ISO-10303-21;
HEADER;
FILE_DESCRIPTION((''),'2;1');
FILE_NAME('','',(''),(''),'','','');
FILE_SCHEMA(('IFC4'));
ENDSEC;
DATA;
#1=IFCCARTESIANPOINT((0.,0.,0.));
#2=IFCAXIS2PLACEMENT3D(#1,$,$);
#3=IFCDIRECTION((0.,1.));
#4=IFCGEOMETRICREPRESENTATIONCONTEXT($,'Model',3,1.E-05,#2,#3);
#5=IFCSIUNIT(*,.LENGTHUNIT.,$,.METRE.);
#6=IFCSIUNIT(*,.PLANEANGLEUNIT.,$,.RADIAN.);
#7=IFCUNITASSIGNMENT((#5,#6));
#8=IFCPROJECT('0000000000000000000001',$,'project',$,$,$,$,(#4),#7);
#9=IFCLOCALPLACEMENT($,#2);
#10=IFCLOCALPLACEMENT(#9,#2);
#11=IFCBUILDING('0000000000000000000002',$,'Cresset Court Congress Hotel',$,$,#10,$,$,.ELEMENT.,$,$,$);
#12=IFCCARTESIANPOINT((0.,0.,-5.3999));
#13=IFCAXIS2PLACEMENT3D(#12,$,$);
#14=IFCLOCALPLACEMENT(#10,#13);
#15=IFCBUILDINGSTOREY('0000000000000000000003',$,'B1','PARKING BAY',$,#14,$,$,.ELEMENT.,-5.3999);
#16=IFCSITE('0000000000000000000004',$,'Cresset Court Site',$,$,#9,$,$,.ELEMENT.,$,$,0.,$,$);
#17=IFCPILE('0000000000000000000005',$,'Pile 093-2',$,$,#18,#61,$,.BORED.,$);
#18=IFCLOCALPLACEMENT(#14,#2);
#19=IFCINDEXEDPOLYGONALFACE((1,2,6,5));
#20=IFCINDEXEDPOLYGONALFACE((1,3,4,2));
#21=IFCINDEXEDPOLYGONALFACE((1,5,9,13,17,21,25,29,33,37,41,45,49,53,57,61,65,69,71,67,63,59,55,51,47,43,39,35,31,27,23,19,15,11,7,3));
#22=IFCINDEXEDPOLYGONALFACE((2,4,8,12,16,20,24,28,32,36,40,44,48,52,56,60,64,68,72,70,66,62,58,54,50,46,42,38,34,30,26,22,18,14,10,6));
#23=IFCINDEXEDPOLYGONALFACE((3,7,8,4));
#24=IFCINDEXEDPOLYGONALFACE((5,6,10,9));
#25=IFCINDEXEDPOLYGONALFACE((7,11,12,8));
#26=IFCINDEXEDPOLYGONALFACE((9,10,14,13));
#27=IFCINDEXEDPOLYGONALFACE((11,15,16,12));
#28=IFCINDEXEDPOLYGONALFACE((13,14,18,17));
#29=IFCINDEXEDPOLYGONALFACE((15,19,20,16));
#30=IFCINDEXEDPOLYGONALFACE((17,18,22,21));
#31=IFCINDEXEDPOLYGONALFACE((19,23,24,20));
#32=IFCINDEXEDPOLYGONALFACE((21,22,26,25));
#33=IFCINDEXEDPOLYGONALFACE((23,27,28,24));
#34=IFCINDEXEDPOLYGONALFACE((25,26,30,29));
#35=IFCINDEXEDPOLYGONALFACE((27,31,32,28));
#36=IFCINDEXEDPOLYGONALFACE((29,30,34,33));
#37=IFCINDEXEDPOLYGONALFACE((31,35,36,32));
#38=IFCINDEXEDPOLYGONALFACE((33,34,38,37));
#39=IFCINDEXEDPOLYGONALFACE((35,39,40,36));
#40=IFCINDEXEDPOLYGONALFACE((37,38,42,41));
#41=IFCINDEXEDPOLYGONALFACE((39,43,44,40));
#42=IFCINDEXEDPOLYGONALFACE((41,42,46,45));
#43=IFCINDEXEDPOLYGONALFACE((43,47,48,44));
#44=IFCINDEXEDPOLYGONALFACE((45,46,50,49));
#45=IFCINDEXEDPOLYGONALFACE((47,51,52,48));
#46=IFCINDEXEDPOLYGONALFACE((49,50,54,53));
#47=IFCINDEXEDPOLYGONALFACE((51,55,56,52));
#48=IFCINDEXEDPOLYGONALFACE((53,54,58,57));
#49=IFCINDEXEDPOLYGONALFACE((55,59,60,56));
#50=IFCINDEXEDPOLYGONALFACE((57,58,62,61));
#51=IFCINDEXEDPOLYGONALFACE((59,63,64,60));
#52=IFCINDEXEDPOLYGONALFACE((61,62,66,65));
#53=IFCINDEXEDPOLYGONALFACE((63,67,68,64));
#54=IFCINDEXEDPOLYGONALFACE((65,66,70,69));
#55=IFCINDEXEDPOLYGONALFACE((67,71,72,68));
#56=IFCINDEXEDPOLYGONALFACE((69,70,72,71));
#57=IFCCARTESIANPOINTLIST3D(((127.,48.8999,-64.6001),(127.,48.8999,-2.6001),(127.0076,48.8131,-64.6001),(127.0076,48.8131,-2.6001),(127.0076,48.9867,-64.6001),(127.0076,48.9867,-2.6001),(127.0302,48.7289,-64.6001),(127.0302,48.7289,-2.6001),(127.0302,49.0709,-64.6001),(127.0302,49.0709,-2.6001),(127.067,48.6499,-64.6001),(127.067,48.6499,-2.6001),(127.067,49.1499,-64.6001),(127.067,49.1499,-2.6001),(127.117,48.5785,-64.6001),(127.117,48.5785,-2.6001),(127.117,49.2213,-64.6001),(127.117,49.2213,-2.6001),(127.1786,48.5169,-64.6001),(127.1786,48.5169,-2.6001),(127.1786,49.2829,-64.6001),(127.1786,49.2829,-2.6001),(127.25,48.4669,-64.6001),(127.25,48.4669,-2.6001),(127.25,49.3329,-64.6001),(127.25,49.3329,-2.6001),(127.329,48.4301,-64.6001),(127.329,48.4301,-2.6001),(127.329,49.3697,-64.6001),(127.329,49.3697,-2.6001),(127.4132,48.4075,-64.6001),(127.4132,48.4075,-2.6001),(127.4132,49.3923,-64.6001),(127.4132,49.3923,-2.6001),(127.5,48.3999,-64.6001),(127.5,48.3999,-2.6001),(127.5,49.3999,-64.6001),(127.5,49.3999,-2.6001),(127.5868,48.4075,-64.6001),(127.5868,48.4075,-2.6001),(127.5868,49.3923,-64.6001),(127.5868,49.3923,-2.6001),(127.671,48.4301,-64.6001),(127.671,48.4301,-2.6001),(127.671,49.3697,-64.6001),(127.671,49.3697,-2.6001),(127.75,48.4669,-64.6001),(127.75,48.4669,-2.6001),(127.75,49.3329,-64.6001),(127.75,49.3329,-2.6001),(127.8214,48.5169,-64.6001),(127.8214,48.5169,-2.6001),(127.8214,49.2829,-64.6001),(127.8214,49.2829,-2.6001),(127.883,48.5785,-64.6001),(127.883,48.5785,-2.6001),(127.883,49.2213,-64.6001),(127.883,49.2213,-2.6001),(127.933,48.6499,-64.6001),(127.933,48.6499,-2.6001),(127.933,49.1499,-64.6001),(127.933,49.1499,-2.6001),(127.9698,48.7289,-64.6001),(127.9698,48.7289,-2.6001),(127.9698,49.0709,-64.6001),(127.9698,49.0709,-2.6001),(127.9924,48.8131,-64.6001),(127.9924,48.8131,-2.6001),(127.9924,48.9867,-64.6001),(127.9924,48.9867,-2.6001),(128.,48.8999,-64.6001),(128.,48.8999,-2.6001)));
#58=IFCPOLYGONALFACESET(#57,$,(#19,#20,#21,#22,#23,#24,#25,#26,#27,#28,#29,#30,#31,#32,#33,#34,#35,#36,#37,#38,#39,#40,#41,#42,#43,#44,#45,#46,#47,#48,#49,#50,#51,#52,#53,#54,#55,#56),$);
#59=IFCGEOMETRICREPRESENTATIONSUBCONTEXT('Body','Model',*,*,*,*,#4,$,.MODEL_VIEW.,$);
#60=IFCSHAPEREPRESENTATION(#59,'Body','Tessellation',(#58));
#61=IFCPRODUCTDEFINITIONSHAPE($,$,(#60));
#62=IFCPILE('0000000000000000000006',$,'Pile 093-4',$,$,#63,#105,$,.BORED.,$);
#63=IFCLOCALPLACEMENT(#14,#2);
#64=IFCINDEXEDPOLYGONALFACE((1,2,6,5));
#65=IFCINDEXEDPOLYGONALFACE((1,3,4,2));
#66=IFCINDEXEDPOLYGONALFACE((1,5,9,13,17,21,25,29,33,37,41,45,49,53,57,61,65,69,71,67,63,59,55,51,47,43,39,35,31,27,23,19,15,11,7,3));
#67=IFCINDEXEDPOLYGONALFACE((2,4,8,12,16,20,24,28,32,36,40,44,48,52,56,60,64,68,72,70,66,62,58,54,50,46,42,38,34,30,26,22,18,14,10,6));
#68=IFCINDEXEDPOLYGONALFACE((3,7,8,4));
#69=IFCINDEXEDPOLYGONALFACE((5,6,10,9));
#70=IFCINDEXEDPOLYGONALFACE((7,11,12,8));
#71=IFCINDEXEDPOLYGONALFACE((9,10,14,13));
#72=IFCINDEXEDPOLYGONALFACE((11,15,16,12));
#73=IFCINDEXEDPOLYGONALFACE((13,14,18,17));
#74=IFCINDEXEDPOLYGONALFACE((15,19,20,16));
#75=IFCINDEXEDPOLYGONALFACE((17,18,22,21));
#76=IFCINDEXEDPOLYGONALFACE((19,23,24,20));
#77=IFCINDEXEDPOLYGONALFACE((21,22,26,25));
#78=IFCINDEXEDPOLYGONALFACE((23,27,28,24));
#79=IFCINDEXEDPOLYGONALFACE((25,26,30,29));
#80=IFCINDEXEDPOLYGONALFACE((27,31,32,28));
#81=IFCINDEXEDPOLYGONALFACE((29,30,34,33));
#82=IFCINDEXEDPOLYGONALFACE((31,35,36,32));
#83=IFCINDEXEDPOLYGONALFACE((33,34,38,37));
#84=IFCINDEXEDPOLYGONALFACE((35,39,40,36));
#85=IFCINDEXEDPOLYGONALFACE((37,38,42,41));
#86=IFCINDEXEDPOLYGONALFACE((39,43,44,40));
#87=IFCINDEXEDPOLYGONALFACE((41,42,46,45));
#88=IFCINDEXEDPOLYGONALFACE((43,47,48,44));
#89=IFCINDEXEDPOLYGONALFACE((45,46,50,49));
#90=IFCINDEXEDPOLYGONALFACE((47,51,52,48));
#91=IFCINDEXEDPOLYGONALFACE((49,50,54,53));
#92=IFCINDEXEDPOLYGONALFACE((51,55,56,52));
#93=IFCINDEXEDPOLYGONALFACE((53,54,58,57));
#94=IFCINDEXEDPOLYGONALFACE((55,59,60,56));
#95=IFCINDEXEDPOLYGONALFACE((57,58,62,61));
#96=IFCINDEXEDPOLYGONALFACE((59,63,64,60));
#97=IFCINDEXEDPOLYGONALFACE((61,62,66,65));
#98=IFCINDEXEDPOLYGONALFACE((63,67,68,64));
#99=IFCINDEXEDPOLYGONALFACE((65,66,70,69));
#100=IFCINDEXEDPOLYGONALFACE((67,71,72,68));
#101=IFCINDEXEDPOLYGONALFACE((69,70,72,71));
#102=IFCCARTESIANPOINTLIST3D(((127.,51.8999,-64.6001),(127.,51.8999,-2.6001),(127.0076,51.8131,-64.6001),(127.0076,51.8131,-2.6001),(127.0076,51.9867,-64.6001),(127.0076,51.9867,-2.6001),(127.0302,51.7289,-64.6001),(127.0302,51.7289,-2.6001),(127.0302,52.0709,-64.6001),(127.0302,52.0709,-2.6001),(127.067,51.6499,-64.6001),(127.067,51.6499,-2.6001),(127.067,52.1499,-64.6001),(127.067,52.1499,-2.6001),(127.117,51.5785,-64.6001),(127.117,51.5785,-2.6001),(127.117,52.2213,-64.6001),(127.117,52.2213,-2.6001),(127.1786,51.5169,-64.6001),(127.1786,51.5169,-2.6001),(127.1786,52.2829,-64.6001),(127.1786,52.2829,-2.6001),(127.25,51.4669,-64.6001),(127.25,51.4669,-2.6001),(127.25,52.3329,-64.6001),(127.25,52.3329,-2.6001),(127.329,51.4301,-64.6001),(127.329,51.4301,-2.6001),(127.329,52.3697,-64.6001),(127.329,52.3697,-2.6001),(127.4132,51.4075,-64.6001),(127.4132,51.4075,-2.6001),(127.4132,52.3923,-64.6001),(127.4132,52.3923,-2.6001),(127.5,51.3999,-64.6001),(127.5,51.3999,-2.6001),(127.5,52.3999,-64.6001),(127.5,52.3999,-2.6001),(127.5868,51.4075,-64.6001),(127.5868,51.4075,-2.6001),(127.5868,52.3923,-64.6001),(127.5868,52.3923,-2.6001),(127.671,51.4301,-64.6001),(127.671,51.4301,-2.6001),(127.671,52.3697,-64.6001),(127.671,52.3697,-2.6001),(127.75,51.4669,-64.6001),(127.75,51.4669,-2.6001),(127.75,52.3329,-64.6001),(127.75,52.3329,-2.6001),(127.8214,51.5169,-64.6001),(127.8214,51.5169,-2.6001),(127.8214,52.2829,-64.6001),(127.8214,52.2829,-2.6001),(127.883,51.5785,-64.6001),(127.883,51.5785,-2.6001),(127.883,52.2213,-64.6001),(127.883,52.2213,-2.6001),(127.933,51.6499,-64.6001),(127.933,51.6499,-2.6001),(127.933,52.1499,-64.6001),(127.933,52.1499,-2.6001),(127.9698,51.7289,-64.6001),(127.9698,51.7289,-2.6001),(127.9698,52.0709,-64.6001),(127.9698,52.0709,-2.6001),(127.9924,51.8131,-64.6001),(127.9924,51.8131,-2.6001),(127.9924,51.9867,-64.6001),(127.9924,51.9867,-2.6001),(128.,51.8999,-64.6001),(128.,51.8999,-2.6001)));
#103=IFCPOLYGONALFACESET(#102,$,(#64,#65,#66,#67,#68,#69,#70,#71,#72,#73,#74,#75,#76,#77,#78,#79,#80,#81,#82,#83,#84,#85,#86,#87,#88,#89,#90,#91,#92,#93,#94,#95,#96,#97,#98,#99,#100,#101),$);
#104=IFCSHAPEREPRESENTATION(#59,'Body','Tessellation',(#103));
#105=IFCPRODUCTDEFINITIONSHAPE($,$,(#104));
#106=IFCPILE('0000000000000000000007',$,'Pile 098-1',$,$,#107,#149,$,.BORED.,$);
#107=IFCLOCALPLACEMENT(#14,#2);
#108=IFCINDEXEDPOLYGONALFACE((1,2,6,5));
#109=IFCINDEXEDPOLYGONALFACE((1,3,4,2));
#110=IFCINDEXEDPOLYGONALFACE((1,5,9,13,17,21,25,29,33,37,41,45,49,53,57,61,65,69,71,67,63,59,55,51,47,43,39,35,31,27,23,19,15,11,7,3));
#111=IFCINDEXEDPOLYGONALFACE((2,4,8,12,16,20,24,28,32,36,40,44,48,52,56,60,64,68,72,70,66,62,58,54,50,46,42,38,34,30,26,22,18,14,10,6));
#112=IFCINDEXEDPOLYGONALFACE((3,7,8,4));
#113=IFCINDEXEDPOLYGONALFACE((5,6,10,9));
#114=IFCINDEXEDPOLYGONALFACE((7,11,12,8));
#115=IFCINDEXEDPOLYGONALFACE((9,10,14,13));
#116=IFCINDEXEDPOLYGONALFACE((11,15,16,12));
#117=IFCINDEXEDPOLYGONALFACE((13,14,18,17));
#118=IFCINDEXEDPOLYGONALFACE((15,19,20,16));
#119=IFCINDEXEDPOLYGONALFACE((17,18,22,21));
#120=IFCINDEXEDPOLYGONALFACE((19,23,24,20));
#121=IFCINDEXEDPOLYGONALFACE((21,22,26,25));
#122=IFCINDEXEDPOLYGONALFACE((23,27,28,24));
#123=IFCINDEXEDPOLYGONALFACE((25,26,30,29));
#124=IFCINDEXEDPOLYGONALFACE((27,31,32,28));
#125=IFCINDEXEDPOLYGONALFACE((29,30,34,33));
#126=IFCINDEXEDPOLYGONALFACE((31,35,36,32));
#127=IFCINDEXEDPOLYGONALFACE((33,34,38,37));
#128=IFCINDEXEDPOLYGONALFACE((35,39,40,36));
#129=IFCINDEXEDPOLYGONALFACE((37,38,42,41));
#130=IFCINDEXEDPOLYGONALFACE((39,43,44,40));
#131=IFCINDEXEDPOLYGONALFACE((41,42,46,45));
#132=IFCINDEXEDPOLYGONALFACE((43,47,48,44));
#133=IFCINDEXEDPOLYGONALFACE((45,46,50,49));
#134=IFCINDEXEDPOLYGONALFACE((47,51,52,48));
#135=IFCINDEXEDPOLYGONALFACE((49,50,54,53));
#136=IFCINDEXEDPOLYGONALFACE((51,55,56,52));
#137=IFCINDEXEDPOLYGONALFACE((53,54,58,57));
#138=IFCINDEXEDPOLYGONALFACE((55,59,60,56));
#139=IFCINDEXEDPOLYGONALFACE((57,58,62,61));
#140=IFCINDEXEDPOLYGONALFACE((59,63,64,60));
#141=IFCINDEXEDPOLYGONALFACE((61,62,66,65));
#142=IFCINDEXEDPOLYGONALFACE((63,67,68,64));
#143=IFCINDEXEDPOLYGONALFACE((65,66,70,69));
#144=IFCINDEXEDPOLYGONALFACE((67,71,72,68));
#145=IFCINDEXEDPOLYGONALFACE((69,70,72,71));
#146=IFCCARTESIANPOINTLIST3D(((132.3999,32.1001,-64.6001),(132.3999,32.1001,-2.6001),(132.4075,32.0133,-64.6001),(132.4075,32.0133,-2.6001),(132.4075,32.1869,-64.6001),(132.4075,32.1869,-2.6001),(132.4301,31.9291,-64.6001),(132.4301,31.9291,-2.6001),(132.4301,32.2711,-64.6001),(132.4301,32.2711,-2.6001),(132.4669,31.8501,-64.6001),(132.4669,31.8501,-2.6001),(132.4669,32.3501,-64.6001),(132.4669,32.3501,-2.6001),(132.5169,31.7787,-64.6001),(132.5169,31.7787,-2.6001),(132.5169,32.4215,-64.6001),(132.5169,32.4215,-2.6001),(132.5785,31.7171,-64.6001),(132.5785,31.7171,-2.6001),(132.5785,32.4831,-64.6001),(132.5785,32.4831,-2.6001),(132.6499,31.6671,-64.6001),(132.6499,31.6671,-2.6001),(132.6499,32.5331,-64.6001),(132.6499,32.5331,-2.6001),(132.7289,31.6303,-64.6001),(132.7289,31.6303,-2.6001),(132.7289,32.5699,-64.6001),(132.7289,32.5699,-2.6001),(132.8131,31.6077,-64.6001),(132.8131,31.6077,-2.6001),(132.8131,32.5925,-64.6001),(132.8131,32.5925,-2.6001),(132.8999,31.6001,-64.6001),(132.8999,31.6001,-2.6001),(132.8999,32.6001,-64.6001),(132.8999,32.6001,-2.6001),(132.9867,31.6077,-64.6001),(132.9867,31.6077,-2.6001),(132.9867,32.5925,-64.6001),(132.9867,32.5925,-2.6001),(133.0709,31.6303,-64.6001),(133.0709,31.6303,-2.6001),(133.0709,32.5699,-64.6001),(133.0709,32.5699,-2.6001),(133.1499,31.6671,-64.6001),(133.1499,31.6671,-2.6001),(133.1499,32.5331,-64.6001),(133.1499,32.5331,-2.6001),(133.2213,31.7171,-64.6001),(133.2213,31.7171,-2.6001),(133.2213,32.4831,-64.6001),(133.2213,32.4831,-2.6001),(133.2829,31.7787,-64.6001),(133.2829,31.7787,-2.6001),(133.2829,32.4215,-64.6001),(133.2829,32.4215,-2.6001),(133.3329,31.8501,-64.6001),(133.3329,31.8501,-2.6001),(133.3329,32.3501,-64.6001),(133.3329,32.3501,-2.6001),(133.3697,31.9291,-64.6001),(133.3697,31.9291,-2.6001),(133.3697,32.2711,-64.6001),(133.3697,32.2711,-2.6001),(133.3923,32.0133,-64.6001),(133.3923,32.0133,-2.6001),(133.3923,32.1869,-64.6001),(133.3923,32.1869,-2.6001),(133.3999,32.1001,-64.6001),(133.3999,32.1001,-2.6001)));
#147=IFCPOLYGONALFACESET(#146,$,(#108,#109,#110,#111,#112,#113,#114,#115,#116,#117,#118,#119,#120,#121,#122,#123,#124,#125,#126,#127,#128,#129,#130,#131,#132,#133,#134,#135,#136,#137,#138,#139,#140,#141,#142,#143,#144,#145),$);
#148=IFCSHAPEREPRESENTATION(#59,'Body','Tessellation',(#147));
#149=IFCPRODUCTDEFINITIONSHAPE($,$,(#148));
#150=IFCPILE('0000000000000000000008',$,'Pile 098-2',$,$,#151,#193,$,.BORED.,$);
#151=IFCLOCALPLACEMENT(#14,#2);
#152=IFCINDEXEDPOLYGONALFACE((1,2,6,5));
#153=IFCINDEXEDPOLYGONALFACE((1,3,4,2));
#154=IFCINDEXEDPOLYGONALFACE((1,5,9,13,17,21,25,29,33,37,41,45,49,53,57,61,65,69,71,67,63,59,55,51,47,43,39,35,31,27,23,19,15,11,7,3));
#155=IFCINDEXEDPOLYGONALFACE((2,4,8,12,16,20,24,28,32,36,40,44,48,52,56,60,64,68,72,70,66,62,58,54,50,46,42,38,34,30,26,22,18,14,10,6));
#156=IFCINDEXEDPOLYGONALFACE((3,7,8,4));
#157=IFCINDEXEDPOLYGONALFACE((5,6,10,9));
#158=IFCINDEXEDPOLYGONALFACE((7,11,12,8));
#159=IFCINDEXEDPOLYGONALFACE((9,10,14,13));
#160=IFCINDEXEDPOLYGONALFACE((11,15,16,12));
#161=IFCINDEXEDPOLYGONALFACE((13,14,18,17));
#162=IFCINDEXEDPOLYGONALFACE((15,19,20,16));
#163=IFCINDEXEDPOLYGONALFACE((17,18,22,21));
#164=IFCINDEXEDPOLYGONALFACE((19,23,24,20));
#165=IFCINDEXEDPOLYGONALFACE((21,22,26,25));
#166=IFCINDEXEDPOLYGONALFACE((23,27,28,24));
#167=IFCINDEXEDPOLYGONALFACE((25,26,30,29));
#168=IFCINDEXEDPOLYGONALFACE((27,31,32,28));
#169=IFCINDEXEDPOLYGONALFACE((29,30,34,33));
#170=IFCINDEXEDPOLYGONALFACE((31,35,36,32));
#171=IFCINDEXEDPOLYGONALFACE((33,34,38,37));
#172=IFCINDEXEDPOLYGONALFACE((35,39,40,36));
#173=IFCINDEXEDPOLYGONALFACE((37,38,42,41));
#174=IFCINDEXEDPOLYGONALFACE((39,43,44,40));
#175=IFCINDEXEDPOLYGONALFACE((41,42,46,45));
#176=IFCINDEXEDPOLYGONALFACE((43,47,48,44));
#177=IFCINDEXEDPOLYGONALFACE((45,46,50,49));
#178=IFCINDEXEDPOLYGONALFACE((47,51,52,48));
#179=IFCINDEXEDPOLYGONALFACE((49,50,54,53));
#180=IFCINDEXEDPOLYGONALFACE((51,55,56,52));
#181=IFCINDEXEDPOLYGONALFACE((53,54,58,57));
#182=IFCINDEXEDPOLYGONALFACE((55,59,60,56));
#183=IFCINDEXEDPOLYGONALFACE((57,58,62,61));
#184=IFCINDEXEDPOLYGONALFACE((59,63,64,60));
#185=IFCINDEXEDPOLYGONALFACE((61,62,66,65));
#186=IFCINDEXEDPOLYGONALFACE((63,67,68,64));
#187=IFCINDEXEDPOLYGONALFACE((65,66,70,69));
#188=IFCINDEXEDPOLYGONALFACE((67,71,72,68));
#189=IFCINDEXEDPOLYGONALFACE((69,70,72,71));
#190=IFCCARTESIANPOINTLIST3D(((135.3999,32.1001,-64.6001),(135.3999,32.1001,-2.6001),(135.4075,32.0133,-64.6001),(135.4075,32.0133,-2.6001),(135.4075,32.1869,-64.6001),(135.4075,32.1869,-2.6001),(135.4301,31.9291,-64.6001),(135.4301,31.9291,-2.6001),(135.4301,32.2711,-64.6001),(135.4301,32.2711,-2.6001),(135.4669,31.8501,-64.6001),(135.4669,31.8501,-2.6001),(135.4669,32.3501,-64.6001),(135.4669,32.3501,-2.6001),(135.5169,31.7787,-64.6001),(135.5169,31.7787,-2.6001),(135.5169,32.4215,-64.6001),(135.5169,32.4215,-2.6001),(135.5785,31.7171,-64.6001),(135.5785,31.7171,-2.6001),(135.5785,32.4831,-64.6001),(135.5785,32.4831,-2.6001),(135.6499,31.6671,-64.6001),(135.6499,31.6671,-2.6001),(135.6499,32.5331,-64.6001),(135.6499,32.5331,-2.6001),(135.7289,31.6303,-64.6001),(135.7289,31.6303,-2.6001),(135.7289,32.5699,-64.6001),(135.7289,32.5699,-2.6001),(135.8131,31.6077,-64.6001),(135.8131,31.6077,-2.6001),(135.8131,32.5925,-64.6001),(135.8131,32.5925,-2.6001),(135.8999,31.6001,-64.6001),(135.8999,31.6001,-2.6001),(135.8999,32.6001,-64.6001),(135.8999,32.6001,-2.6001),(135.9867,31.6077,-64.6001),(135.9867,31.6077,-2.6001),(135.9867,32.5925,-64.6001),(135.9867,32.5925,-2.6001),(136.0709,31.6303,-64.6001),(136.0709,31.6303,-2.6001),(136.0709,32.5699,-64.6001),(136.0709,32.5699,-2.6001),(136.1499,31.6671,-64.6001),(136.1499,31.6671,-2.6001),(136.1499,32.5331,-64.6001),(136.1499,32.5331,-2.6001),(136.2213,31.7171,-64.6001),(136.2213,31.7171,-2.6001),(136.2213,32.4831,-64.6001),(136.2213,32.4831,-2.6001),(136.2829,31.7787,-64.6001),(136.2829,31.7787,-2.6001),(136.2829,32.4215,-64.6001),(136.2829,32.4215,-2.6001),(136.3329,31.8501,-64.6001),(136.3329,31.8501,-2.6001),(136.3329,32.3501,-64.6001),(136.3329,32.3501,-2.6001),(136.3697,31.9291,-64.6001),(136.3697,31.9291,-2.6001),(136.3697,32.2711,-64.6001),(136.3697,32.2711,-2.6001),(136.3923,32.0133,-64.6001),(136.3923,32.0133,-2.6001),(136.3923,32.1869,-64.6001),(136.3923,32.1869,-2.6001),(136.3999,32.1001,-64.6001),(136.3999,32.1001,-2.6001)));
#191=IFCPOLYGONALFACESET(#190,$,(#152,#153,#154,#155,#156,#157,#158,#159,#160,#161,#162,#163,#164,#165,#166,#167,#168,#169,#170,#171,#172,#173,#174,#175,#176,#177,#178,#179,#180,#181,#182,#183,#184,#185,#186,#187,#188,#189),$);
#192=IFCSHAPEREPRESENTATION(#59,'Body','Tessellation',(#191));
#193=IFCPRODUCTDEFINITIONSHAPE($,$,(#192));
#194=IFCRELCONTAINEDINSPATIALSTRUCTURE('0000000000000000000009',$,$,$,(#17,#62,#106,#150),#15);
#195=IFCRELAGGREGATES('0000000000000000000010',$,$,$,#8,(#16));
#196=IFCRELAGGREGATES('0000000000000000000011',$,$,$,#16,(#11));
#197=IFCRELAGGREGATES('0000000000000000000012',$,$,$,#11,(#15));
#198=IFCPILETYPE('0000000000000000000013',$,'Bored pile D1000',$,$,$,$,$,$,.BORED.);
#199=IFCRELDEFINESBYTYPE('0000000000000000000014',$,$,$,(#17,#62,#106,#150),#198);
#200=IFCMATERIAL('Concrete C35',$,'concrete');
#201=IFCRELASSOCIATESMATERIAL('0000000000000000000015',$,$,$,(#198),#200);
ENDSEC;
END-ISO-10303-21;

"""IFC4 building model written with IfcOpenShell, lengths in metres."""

from ifc_helpers import new_model, si_unit, direction, frame, origin, origin_2d, place, context, subcontext, project, spatial, circle, extrude, material, type_object, element, save


model = new_model("IFC4")

# Units and contexts
model_context = context("Model", 3, precision=1e-05, world=origin(), true_north=direction((0.0, 1.0)))
body_context = subcontext(model_context, "Body", "Model", "MODEL_VIEW")
ifc_project = project(units=[si_unit("LENGTHUNIT", "METRE"), si_unit("PLANEANGLEUNIT", "RADIAN")], contexts=[model_context])

# Site, building, storey
site_placement = place(None, origin())
site = spatial("IfcSite", under=ifc_project, at=site_placement, Name="Cresset Court Site", CompositionType="ELEMENT", RefElevation=0.0)
building_placement = place(site_placement, origin())
building = spatial("IfcBuilding", under=site, at=building_placement, Name="Cresset Court Congress Hotel", CompositionType="ELEMENT")
storey_placement = place(building_placement, frame((0.0, 0.0, -5.3999)))
storey = spatial("IfcBuildingStorey", under=building, at=storey_placement, Name="B1", Description="PARKING BAY", CompositionType="ELEMENT", Elevation=-5.3999)

# Piles
ifc_material_1 = material(Name="Concrete C35", Category="concrete")
pile_type = type_object("IfcPileType", Name="Bored pile D1000", PredefinedType="BORED", material=ifc_material_1)
for number, where, z_axis, x_axis, name in (
    (1, (127.5, 48.8999, -2.6001), (0.0, 0.0, -1.0), (1.0, 0.0, 0.0), "Pile 093-2"),
    (2, (127.5, 51.8999, -2.6001), (0.0, 0.0, -1.0), (1.0, 0.0, 0.0), "Pile 093-4"),
    (3, (132.8999, 32.1001, -2.6001), (0.0, 0.0, -1.0), (1.0, 0.0, 0.0), "Pile 098-1"),
    (4, (135.8999, 32.1001, -2.6001), (0.0, 0.0, -1.0), (1.0, 0.0, 0.0), "Pile 098-2"),
):
    element("IfcPile", number, at=place(storey_placement, frame(where, z_axis=z_axis, x_axis=x_axis)), inside=storey, type_object=pile_type, Name=name, PredefinedType="BORED", context=body_context, shape_type="SweptSolid", body=[
        extrude(circle(Radius=0.5, at=origin_2d()), origin(), (0.0, 0.0, 1.0), 62.0),
    ])

save(model, "model.ifc")
